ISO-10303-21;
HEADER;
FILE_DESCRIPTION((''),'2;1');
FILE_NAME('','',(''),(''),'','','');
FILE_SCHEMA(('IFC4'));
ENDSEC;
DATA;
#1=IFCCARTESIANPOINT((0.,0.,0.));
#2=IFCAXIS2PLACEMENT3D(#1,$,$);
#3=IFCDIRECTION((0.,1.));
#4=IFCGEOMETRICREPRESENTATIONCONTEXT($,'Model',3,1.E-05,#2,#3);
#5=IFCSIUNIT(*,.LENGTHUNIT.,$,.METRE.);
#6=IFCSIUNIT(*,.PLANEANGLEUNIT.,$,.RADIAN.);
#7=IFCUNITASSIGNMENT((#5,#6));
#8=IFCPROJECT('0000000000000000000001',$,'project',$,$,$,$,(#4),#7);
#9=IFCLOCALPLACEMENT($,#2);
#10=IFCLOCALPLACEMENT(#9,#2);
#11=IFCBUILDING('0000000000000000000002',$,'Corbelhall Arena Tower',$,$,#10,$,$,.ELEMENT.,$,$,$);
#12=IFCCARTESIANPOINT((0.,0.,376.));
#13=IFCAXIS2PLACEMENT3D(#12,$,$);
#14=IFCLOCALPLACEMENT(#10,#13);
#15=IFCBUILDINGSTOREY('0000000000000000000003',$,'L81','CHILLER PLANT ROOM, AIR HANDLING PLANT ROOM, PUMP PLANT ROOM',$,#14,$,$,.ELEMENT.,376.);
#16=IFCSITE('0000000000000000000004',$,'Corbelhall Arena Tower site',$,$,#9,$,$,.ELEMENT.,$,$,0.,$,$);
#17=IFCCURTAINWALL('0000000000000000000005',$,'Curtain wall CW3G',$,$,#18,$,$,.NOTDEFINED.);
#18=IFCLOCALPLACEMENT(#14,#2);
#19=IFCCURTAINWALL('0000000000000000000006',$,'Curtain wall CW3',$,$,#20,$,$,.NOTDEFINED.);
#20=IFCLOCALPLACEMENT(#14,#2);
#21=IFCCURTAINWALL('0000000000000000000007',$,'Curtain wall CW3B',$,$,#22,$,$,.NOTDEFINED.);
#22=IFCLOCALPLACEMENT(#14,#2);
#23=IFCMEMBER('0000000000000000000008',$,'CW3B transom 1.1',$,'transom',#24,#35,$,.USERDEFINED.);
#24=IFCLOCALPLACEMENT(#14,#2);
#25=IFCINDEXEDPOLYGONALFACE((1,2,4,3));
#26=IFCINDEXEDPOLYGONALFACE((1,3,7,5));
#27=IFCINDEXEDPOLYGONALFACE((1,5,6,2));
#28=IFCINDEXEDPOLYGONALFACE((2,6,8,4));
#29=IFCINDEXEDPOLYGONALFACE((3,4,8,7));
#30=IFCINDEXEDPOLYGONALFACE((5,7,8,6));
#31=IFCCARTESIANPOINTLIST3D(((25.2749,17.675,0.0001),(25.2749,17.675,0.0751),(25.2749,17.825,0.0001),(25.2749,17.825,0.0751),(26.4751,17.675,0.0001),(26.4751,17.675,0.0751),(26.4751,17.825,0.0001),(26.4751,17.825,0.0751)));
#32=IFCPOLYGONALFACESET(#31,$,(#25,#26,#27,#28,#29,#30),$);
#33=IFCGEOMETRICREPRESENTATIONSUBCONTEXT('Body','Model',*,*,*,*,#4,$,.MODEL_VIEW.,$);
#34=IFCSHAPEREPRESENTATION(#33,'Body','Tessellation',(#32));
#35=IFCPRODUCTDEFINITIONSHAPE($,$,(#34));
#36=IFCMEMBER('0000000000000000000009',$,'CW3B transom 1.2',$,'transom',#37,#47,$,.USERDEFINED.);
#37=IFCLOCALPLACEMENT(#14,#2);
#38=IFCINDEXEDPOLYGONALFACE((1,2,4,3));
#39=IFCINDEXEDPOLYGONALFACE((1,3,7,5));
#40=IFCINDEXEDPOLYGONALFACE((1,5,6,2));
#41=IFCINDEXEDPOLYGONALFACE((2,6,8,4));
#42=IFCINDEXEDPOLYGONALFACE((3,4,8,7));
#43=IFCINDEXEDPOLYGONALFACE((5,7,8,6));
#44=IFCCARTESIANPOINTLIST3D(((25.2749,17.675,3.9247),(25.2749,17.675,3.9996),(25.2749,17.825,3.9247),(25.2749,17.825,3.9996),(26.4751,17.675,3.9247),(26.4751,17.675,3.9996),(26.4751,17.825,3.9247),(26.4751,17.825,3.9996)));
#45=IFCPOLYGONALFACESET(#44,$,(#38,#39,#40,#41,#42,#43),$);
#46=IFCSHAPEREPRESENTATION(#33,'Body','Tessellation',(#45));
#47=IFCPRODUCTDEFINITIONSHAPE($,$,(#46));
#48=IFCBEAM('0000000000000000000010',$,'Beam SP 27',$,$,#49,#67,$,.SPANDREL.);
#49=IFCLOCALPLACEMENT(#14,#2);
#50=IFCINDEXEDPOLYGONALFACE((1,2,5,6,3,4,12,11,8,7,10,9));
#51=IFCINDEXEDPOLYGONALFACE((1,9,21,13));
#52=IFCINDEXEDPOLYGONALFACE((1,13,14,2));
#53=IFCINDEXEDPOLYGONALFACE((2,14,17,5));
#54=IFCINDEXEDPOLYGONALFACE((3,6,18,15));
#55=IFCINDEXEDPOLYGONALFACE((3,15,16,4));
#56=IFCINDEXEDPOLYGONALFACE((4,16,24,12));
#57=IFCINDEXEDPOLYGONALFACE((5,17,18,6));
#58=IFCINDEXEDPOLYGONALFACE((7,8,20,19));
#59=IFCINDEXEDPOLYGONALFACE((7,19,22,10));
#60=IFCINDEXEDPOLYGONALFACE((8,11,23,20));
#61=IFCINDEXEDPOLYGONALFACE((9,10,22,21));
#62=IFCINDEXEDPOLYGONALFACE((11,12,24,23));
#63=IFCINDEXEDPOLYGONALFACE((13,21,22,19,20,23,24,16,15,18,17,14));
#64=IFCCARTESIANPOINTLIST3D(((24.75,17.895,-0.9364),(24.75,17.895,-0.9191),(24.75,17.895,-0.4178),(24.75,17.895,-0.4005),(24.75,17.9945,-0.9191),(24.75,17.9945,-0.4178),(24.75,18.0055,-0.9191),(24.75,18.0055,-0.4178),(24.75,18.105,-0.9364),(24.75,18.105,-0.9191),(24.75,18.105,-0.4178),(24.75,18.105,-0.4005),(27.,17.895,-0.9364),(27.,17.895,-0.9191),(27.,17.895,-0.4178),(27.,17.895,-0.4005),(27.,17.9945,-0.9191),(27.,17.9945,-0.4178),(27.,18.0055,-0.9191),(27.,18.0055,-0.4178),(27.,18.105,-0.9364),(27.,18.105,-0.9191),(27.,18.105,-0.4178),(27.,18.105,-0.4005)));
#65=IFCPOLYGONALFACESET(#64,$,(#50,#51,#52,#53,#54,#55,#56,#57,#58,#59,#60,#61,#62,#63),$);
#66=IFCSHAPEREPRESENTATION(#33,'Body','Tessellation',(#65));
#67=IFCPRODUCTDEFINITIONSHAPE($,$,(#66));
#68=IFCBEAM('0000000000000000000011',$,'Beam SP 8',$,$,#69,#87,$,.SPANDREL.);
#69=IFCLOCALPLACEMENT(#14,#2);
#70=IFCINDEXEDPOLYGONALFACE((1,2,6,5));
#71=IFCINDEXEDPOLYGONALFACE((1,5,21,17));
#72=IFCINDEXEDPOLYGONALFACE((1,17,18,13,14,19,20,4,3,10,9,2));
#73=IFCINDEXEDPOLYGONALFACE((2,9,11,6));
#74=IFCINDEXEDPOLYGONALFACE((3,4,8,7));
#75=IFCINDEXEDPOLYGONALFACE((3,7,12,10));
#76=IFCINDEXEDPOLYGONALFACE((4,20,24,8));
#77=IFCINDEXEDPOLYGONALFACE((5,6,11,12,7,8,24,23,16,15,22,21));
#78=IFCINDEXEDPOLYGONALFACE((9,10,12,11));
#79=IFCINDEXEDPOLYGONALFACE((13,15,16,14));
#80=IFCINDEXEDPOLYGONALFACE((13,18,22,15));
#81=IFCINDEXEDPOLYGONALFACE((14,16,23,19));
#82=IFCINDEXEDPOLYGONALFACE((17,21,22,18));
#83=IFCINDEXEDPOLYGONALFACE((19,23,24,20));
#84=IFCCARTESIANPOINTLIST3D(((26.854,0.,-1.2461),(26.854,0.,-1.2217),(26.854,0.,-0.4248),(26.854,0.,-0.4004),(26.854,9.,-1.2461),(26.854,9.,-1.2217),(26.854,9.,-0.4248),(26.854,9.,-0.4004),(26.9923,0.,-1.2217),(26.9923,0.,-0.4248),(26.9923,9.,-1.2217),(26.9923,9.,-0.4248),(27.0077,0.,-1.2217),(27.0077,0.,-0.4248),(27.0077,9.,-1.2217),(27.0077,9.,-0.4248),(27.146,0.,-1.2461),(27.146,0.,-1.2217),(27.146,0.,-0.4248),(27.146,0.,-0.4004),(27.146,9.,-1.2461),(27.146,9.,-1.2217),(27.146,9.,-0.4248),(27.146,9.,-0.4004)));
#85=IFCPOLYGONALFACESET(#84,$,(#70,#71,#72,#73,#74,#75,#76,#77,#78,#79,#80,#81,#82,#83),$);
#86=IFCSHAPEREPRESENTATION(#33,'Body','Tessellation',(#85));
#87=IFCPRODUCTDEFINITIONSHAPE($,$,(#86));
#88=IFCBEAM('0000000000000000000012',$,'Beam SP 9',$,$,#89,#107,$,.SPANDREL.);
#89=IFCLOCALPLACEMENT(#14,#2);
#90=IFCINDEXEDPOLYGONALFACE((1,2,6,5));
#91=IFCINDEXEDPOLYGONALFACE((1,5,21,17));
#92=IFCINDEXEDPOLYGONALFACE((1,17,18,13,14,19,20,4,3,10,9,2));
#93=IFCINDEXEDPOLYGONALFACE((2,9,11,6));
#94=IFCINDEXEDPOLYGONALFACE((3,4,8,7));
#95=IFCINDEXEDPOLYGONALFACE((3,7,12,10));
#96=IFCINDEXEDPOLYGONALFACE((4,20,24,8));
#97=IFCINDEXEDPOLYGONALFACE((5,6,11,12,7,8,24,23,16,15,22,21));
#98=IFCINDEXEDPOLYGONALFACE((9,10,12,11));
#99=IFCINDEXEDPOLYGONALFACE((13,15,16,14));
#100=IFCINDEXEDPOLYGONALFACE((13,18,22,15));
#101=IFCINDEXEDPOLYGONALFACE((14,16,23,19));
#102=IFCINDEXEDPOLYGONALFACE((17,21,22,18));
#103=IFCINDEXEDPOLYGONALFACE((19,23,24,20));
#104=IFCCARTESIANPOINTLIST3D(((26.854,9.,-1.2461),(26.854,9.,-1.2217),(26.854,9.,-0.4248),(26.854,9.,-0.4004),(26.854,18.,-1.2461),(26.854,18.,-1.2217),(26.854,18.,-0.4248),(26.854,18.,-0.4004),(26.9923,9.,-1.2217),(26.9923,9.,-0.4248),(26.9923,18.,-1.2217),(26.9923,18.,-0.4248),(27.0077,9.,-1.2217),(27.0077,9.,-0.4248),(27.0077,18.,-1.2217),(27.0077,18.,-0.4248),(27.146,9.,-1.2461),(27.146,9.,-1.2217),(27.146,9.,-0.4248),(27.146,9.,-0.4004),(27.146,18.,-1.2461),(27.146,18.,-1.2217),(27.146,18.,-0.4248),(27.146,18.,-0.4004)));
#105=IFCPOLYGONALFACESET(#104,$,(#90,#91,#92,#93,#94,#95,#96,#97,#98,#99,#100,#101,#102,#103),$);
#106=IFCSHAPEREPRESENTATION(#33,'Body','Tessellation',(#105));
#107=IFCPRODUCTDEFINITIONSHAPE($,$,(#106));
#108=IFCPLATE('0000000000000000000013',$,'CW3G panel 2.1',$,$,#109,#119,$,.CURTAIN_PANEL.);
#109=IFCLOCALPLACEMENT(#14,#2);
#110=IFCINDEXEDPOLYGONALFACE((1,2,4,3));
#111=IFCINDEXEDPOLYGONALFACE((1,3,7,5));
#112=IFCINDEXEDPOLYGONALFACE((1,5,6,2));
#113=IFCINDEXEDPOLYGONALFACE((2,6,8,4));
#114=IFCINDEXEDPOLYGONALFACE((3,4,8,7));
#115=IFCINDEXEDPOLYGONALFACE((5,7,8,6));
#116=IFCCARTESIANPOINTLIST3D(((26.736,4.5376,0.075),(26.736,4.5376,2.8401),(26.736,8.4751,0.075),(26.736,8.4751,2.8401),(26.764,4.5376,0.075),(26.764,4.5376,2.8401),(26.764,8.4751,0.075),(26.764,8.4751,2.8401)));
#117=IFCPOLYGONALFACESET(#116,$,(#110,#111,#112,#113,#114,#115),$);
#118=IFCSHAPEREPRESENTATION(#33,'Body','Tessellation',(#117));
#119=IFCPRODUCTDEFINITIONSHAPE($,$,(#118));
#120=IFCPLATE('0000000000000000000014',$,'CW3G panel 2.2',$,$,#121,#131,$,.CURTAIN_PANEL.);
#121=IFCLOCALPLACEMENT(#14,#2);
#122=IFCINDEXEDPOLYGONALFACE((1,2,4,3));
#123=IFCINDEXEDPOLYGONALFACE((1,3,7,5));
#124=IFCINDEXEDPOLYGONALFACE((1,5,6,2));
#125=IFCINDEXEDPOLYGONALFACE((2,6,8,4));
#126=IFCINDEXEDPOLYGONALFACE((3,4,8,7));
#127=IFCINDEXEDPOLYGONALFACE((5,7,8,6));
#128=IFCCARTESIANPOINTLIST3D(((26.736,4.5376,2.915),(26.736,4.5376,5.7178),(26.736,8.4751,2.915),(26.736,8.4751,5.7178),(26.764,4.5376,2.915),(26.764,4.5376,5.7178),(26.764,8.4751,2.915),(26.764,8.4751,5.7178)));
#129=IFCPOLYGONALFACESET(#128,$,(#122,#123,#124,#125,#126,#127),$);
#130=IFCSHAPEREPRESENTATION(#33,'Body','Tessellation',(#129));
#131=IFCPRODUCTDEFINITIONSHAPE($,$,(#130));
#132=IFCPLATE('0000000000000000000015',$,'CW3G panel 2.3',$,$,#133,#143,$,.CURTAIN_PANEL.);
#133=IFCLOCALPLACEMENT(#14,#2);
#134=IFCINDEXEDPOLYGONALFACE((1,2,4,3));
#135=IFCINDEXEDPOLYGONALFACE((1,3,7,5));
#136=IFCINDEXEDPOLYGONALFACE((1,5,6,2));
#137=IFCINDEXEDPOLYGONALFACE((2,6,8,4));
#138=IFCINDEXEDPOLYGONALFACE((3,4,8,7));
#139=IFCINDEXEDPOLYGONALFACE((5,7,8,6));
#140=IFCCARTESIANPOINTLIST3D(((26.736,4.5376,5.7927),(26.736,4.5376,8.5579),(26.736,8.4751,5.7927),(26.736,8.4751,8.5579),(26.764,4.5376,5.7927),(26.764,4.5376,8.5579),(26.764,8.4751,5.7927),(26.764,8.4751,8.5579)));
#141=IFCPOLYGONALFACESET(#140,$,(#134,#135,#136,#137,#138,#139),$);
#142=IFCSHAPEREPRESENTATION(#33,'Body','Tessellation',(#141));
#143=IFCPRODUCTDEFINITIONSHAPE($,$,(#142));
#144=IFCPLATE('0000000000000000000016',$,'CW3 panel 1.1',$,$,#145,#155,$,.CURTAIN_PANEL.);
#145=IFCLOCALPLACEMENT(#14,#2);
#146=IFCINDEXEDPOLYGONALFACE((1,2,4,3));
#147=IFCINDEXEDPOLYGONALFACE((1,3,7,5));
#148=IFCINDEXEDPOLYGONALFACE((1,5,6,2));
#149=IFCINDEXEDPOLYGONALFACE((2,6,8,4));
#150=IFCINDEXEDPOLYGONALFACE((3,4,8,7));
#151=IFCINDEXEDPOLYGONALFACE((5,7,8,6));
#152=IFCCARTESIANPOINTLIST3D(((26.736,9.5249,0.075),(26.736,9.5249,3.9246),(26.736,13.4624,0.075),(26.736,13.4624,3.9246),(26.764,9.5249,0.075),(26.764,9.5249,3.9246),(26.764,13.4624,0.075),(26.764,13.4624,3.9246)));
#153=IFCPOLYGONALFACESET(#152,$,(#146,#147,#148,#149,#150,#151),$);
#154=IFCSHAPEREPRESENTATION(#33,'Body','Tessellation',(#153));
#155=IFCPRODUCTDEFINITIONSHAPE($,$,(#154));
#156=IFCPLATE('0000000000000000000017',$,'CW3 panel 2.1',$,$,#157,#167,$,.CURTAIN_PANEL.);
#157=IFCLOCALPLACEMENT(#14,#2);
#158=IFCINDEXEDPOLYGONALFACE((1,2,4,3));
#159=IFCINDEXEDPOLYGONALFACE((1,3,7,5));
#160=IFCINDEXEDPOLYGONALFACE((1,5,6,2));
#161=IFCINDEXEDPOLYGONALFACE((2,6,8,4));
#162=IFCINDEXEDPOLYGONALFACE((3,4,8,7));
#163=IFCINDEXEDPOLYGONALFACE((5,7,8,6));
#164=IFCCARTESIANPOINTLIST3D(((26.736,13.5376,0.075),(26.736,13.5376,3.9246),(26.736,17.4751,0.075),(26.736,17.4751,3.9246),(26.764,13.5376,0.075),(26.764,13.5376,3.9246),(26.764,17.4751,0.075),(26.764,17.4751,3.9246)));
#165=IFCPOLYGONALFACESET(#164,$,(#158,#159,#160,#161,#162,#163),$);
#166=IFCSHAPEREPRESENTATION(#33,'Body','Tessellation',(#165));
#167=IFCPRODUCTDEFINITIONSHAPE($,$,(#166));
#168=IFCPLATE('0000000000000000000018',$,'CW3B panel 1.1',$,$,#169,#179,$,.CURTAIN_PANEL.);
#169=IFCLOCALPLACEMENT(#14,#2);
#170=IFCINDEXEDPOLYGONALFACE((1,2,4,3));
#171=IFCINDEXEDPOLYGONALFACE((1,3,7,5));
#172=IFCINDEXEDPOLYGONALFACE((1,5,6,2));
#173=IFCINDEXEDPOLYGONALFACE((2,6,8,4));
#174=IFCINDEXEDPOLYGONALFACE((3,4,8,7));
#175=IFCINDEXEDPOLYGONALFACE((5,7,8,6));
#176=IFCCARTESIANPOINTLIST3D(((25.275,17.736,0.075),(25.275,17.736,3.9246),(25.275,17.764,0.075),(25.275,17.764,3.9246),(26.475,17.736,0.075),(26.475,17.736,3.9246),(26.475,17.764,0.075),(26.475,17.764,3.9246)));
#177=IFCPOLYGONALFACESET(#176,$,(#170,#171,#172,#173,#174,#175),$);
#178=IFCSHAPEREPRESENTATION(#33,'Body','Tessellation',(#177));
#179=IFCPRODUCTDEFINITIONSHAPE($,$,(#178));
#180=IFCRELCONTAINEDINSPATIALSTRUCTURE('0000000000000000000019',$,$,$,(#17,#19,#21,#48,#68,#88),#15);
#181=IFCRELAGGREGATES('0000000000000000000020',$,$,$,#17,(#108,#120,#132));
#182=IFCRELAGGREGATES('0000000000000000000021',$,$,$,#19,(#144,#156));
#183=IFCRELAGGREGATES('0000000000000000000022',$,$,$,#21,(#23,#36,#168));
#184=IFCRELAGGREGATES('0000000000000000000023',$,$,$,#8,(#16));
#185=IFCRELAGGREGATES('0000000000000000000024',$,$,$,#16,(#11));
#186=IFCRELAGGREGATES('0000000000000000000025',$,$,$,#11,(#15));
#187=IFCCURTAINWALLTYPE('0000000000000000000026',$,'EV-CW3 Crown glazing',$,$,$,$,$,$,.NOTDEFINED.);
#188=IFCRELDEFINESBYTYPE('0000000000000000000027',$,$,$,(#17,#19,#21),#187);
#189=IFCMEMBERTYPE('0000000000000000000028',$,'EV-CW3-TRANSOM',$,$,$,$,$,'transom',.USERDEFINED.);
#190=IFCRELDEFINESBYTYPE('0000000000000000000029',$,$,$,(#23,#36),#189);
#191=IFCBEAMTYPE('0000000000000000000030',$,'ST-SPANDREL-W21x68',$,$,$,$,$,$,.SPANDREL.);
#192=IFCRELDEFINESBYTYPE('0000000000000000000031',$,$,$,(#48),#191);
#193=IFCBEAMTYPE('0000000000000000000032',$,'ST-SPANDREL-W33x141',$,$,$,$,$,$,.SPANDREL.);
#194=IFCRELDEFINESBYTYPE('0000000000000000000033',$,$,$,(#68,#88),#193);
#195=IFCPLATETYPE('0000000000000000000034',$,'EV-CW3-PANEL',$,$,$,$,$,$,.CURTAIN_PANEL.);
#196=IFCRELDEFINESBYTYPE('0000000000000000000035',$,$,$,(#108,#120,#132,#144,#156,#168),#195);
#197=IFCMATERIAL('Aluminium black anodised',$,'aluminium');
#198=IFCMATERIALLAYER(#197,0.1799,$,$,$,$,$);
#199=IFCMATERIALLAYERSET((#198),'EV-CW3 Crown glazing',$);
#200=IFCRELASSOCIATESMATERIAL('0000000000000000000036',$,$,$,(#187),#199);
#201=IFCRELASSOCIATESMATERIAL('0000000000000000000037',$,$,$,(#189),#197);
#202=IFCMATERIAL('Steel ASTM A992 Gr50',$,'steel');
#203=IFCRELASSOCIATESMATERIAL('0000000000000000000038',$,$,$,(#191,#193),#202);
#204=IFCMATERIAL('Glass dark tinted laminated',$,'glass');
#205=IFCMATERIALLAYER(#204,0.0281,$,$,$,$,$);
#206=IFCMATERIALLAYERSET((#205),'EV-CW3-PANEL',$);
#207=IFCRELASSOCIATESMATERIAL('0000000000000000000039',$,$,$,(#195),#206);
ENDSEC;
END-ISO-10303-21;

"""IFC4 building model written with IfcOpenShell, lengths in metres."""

from ifc_helpers import new_model, si_unit, direction, frame, origin, origin_2d, place, context, subcontext, project, spatial, rectangle, i_section, extrude, material, layer, layer_set, material_profile, profile_set, type_object, element, aggregate, save


model = new_model("IFC4")

# Units and contexts
model_context = context("Model", 3, precision=1e-05, world=origin(), true_north=direction((0.0, 1.0)))
body_context = subcontext(model_context, "Body", "Model", "MODEL_VIEW")
ifc_project = project(units=[si_unit("LENGTHUNIT", "METRE"), si_unit("PLANEANGLEUNIT", "RADIAN")], contexts=[model_context])

# Site, building, storey
site_placement = place(None, origin())
site = spatial("IfcSite", under=ifc_project, at=site_placement, Name="Corbelhall Arena Tower site", CompositionType="ELEMENT", RefElevation=0.0)
building_placement = place(site_placement, origin())
building = spatial("IfcBuilding", under=site, at=building_placement, Name="Corbelhall Arena Tower", CompositionType="ELEMENT")
storey_placement = place(building_placement, frame((0.0, 0.0, 376.0)))
storey = spatial("IfcBuildingStorey", under=building, at=storey_placement, Name="L81", Description="CHILLER PLANT ROOM, AIR HANDLING PLANT ROOM, PUMP PLANT ROOM", CompositionType="ELEMENT", Elevation=376.0)

# Curtain wall
ifc_material_1 = material(Name="Aluminium black anodised", Category="aluminium")
ifc_layer_1 = layer(ifc_material_1, 0.1799)
ifc_layer_set_1 = layer_set([ifc_layer_1], Name="EV-CW3 Crown glazing")
curtain_wall_type = type_object("IfcCurtainWallType", Name="EV-CW3 Crown glazing", PredefinedType="NOTDEFINED", material=ifc_layer_set_1)
curtain_wall_1_placement = place(storey_placement, origin())
curtain_wall_1 = element("IfcCurtainWall", 1, at=curtain_wall_1_placement, inside=storey, type_object=curtain_wall_type, Name="Curtain wall CW3G", PredefinedType="NOTDEFINED")

# Curtain walls
curtain_wall_2_placement = place(storey_placement, origin())
curtain_wall_2 = element("IfcCurtainWall", 2, at=curtain_wall_2_placement, inside=storey, type_object=curtain_wall_type, Name="Curtain wall CW3", PredefinedType="NOTDEFINED")
curtain_wall_3_placement = place(storey_placement, origin())
curtain_wall_3 = element("IfcCurtainWall", 3, at=curtain_wall_3_placement, inside=storey, type_object=curtain_wall_type, Name="Curtain wall CW3B", PredefinedType="NOTDEFINED")

# Members
ifc_material_profile_1 = material_profile(ifc_material_1, rectangle(XDim=0.1499, YDim=0.075, at=origin_2d()))
ifc_profile_set_1 = profile_set([ifc_material_profile_1], Name="Aluminium black anodised")
member_type_1 = type_object("IfcMemberType", Name="EV-CW3-TRANSOM", ElementType="transom", PredefinedType="USERDEFINED", material=ifc_profile_set_1)
member_1_placement = place(storey_placement, frame((26.4751, 17.75, 0.0376), z_axis=(-1.0, 0.0, 0.0), x_axis=(0.0, -1.0, 0.0)))
member_1 = element("IfcMember", 4, at=member_1_placement, type_object=member_type_1, Name="CW3B transom 1.1", ObjectType="transom", PredefinedType="USERDEFINED", context=body_context, shape_type="SweptSolid", body=[
    extrude(rectangle(XDim=0.1499, YDim=0.075, at=origin_2d()), origin(), (0.0, 0.0, 1.0), 1.2002),
])
member_2_placement = place(storey_placement, frame((26.4751, 17.75, 3.9622), z_axis=(-1.0, 0.0, 0.0), x_axis=(0.0, -1.0, 0.0)))
member_2 = element("IfcMember", 5, at=member_2_placement, type_object=member_type_1, Name="CW3B transom 1.2", ObjectType="transom", PredefinedType="USERDEFINED", context=body_context, shape_type="SweptSolid", body=[
    extrude(rectangle(XDim=0.1499, YDim=0.075, at=origin_2d()), origin(), (0.0, 0.0, 1.0), 1.2002),
])

# Beams
ifc_material_2 = material(Name="Steel ASTM A992 Gr50", Category="steel")
ifc_material_profile_2 = material_profile(ifc_material_2, i_section(OverallWidth=0.21, OverallDepth=0.5359, WebThickness=0.011, FlangeThickness=0.0173, at=origin_2d()))
ifc_profile_set_2 = profile_set([ifc_material_profile_2], Name="Steel ASTM A992 Gr50")
beam_type_1 = type_object("IfcBeamType", Name="ST-SPANDREL-W21x68", PredefinedType="SPANDREL", material=ifc_profile_set_2)
beam_placement = place(storey_placement, frame((24.75, 18.0, -0.6685), z_axis=(1.0, 0.0, 0.0), x_axis=(0.0, 1.0, 0.0)))
element("IfcBeam", 6, at=beam_placement, inside=storey, type_object=beam_type_1, Name="Beam SP 27", PredefinedType="SPANDREL", context=body_context, shape_type="SweptSolid", body=[
    extrude(i_section(OverallWidth=0.21, OverallDepth=0.5359, WebThickness=0.011, FlangeThickness=0.0173, at=origin_2d()), origin(), (0.0, 0.0, 1.0), 2.25),
])
ifc_material_profile_3 = material_profile(ifc_material_2, i_section(OverallWidth=0.292, OverallDepth=0.8457, WebThickness=0.0154, FlangeThickness=0.0244, at=origin_2d()))
ifc_profile_set_3 = profile_set([ifc_material_profile_3], Name="Steel ASTM A992 Gr50")
beam_type_2 = type_object("IfcBeamType", Name="ST-SPANDREL-W33x141", PredefinedType="SPANDREL", material=ifc_profile_set_3)
for number, where, z_axis, x_axis, name in (
    (7, (27.0, 9.0, -0.8232), (0.0, -1.0, 0.0), (1.0, 0.0, 0.0), "Beam SP 8"),
    (8, (27.0, 18.0, -0.8232), (0.0, -1.0, 0.0), (1.0, 0.0, 0.0), "Beam SP 9"),
):
    element("IfcBeam", number, at=place(storey_placement, frame(where, z_axis=z_axis, x_axis=x_axis)), inside=storey, type_object=beam_type_2, Name=name, PredefinedType="SPANDREL", context=body_context, shape_type="SweptSolid", body=[
        extrude(i_section(OverallWidth=0.292, OverallDepth=0.8457, WebThickness=0.0154, FlangeThickness=0.0244, at=origin_2d()), origin(), (0.0, 0.0, 1.0), 9.0),
    ])

# Plates
ifc_material_3 = material(Name="Glass dark tinted laminated", Category="glass")
ifc_layer_2 = layer(ifc_material_3, 0.0281)
ifc_layer_set_2 = layer_set([ifc_layer_2], Name="EV-CW3-PANEL")
plate_type = type_object("IfcPlateType", Name="EV-CW3-PANEL", PredefinedType="CURTAIN_PANEL", material=ifc_layer_set_2)
plate_1_placement = place(storey_placement, frame((26.75, 6.5063, 0.075), z_axis=(0.0, 0.0, 1.0), x_axis=(0.0, 1.0, 0.0)))
plate_1 = element("IfcPlate", 9, at=plate_1_placement, type_object=plate_type, Name="CW3G panel 2.1", PredefinedType="CURTAIN_PANEL", context=body_context, shape_type="SweptSolid", body=[
    extrude(rectangle(XDim=3.9375, YDim=0.0281, at=origin_2d()), origin(), (0.0, 0.0, 1.0), 2.7651),
])
plate_2_placement = place(storey_placement, frame((26.75, 6.5063, 2.915), z_axis=(0.0, 0.0, 1.0), x_axis=(0.0, 1.0, 0.0)))
plate_2 = element("IfcPlate", 10, at=plate_2_placement, type_object=plate_type, Name="CW3G panel 2.2", PredefinedType="CURTAIN_PANEL", context=body_context, shape_type="SweptSolid", body=[
    extrude(rectangle(XDim=3.9375, YDim=0.0281, at=origin_2d()), origin(), (0.0, 0.0, 1.0), 2.8027),
])
plate_3_placement = place(storey_placement, frame((26.75, 6.5063, 5.7927), z_axis=(0.0, 0.0, 1.0), x_axis=(0.0, 1.0, 0.0)))
plate_3 = element("IfcPlate", 11, at=plate_3_placement, type_object=plate_type, Name="CW3G panel 2.3", PredefinedType="CURTAIN_PANEL", context=body_context, shape_type="SweptSolid", body=[
    extrude(rectangle(XDim=3.9375, YDim=0.0281, at=origin_2d()), origin(), (0.0, 0.0, 1.0), 2.7651),
])
aggregate(curtain_wall_1, [plate_1, plate_2, plate_3])
plate_4_placement = place(storey_placement, frame((26.75, 11.4937, 0.075), z_axis=(0.0, 0.0, 1.0), x_axis=(0.0, 1.0, 0.0)))
plate_4 = element("IfcPlate", 12, at=plate_4_placement, type_object=plate_type, Name="CW3 panel 1.1", PredefinedType="CURTAIN_PANEL", context=body_context, shape_type="SweptSolid", body=[
    extrude(rectangle(XDim=3.9375, YDim=0.0281, at=origin_2d()), origin(), (0.0, 0.0, 1.0), 3.8496),
])
plate_5_placement = place(storey_placement, frame((26.75, 15.5063, 0.075), z_axis=(0.0, 0.0, 1.0), x_axis=(0.0, 1.0, 0.0)))
plate_5 = element("IfcPlate", 13, at=plate_5_placement, type_object=plate_type, Name="CW3 panel 2.1", PredefinedType="CURTAIN_PANEL", context=body_context, shape_type="SweptSolid", body=[
    extrude(rectangle(XDim=3.9375, YDim=0.0281, at=origin_2d()), origin(), (0.0, 0.0, 1.0), 3.8496),
])
aggregate(curtain_wall_2, [plate_4, plate_5])
plate_6_placement = place(storey_placement, frame((25.875, 17.75, 0.075), z_axis=(0.0, 0.0, 1.0), x_axis=(-1.0, 0.0, 0.0)))
plate_6 = element("IfcPlate", 14, at=plate_6_placement, type_object=plate_type, Name="CW3B panel 1.1", PredefinedType="CURTAIN_PANEL", context=body_context, shape_type="SweptSolid", body=[
    extrude(rectangle(XDim=1.2, YDim=0.0281, at=origin_2d()), origin(), (0.0, 0.0, 1.0), 3.8496),
])
aggregate(curtain_wall_3, [member_1, member_2, plate_6])

save(model, "model.ifc")
